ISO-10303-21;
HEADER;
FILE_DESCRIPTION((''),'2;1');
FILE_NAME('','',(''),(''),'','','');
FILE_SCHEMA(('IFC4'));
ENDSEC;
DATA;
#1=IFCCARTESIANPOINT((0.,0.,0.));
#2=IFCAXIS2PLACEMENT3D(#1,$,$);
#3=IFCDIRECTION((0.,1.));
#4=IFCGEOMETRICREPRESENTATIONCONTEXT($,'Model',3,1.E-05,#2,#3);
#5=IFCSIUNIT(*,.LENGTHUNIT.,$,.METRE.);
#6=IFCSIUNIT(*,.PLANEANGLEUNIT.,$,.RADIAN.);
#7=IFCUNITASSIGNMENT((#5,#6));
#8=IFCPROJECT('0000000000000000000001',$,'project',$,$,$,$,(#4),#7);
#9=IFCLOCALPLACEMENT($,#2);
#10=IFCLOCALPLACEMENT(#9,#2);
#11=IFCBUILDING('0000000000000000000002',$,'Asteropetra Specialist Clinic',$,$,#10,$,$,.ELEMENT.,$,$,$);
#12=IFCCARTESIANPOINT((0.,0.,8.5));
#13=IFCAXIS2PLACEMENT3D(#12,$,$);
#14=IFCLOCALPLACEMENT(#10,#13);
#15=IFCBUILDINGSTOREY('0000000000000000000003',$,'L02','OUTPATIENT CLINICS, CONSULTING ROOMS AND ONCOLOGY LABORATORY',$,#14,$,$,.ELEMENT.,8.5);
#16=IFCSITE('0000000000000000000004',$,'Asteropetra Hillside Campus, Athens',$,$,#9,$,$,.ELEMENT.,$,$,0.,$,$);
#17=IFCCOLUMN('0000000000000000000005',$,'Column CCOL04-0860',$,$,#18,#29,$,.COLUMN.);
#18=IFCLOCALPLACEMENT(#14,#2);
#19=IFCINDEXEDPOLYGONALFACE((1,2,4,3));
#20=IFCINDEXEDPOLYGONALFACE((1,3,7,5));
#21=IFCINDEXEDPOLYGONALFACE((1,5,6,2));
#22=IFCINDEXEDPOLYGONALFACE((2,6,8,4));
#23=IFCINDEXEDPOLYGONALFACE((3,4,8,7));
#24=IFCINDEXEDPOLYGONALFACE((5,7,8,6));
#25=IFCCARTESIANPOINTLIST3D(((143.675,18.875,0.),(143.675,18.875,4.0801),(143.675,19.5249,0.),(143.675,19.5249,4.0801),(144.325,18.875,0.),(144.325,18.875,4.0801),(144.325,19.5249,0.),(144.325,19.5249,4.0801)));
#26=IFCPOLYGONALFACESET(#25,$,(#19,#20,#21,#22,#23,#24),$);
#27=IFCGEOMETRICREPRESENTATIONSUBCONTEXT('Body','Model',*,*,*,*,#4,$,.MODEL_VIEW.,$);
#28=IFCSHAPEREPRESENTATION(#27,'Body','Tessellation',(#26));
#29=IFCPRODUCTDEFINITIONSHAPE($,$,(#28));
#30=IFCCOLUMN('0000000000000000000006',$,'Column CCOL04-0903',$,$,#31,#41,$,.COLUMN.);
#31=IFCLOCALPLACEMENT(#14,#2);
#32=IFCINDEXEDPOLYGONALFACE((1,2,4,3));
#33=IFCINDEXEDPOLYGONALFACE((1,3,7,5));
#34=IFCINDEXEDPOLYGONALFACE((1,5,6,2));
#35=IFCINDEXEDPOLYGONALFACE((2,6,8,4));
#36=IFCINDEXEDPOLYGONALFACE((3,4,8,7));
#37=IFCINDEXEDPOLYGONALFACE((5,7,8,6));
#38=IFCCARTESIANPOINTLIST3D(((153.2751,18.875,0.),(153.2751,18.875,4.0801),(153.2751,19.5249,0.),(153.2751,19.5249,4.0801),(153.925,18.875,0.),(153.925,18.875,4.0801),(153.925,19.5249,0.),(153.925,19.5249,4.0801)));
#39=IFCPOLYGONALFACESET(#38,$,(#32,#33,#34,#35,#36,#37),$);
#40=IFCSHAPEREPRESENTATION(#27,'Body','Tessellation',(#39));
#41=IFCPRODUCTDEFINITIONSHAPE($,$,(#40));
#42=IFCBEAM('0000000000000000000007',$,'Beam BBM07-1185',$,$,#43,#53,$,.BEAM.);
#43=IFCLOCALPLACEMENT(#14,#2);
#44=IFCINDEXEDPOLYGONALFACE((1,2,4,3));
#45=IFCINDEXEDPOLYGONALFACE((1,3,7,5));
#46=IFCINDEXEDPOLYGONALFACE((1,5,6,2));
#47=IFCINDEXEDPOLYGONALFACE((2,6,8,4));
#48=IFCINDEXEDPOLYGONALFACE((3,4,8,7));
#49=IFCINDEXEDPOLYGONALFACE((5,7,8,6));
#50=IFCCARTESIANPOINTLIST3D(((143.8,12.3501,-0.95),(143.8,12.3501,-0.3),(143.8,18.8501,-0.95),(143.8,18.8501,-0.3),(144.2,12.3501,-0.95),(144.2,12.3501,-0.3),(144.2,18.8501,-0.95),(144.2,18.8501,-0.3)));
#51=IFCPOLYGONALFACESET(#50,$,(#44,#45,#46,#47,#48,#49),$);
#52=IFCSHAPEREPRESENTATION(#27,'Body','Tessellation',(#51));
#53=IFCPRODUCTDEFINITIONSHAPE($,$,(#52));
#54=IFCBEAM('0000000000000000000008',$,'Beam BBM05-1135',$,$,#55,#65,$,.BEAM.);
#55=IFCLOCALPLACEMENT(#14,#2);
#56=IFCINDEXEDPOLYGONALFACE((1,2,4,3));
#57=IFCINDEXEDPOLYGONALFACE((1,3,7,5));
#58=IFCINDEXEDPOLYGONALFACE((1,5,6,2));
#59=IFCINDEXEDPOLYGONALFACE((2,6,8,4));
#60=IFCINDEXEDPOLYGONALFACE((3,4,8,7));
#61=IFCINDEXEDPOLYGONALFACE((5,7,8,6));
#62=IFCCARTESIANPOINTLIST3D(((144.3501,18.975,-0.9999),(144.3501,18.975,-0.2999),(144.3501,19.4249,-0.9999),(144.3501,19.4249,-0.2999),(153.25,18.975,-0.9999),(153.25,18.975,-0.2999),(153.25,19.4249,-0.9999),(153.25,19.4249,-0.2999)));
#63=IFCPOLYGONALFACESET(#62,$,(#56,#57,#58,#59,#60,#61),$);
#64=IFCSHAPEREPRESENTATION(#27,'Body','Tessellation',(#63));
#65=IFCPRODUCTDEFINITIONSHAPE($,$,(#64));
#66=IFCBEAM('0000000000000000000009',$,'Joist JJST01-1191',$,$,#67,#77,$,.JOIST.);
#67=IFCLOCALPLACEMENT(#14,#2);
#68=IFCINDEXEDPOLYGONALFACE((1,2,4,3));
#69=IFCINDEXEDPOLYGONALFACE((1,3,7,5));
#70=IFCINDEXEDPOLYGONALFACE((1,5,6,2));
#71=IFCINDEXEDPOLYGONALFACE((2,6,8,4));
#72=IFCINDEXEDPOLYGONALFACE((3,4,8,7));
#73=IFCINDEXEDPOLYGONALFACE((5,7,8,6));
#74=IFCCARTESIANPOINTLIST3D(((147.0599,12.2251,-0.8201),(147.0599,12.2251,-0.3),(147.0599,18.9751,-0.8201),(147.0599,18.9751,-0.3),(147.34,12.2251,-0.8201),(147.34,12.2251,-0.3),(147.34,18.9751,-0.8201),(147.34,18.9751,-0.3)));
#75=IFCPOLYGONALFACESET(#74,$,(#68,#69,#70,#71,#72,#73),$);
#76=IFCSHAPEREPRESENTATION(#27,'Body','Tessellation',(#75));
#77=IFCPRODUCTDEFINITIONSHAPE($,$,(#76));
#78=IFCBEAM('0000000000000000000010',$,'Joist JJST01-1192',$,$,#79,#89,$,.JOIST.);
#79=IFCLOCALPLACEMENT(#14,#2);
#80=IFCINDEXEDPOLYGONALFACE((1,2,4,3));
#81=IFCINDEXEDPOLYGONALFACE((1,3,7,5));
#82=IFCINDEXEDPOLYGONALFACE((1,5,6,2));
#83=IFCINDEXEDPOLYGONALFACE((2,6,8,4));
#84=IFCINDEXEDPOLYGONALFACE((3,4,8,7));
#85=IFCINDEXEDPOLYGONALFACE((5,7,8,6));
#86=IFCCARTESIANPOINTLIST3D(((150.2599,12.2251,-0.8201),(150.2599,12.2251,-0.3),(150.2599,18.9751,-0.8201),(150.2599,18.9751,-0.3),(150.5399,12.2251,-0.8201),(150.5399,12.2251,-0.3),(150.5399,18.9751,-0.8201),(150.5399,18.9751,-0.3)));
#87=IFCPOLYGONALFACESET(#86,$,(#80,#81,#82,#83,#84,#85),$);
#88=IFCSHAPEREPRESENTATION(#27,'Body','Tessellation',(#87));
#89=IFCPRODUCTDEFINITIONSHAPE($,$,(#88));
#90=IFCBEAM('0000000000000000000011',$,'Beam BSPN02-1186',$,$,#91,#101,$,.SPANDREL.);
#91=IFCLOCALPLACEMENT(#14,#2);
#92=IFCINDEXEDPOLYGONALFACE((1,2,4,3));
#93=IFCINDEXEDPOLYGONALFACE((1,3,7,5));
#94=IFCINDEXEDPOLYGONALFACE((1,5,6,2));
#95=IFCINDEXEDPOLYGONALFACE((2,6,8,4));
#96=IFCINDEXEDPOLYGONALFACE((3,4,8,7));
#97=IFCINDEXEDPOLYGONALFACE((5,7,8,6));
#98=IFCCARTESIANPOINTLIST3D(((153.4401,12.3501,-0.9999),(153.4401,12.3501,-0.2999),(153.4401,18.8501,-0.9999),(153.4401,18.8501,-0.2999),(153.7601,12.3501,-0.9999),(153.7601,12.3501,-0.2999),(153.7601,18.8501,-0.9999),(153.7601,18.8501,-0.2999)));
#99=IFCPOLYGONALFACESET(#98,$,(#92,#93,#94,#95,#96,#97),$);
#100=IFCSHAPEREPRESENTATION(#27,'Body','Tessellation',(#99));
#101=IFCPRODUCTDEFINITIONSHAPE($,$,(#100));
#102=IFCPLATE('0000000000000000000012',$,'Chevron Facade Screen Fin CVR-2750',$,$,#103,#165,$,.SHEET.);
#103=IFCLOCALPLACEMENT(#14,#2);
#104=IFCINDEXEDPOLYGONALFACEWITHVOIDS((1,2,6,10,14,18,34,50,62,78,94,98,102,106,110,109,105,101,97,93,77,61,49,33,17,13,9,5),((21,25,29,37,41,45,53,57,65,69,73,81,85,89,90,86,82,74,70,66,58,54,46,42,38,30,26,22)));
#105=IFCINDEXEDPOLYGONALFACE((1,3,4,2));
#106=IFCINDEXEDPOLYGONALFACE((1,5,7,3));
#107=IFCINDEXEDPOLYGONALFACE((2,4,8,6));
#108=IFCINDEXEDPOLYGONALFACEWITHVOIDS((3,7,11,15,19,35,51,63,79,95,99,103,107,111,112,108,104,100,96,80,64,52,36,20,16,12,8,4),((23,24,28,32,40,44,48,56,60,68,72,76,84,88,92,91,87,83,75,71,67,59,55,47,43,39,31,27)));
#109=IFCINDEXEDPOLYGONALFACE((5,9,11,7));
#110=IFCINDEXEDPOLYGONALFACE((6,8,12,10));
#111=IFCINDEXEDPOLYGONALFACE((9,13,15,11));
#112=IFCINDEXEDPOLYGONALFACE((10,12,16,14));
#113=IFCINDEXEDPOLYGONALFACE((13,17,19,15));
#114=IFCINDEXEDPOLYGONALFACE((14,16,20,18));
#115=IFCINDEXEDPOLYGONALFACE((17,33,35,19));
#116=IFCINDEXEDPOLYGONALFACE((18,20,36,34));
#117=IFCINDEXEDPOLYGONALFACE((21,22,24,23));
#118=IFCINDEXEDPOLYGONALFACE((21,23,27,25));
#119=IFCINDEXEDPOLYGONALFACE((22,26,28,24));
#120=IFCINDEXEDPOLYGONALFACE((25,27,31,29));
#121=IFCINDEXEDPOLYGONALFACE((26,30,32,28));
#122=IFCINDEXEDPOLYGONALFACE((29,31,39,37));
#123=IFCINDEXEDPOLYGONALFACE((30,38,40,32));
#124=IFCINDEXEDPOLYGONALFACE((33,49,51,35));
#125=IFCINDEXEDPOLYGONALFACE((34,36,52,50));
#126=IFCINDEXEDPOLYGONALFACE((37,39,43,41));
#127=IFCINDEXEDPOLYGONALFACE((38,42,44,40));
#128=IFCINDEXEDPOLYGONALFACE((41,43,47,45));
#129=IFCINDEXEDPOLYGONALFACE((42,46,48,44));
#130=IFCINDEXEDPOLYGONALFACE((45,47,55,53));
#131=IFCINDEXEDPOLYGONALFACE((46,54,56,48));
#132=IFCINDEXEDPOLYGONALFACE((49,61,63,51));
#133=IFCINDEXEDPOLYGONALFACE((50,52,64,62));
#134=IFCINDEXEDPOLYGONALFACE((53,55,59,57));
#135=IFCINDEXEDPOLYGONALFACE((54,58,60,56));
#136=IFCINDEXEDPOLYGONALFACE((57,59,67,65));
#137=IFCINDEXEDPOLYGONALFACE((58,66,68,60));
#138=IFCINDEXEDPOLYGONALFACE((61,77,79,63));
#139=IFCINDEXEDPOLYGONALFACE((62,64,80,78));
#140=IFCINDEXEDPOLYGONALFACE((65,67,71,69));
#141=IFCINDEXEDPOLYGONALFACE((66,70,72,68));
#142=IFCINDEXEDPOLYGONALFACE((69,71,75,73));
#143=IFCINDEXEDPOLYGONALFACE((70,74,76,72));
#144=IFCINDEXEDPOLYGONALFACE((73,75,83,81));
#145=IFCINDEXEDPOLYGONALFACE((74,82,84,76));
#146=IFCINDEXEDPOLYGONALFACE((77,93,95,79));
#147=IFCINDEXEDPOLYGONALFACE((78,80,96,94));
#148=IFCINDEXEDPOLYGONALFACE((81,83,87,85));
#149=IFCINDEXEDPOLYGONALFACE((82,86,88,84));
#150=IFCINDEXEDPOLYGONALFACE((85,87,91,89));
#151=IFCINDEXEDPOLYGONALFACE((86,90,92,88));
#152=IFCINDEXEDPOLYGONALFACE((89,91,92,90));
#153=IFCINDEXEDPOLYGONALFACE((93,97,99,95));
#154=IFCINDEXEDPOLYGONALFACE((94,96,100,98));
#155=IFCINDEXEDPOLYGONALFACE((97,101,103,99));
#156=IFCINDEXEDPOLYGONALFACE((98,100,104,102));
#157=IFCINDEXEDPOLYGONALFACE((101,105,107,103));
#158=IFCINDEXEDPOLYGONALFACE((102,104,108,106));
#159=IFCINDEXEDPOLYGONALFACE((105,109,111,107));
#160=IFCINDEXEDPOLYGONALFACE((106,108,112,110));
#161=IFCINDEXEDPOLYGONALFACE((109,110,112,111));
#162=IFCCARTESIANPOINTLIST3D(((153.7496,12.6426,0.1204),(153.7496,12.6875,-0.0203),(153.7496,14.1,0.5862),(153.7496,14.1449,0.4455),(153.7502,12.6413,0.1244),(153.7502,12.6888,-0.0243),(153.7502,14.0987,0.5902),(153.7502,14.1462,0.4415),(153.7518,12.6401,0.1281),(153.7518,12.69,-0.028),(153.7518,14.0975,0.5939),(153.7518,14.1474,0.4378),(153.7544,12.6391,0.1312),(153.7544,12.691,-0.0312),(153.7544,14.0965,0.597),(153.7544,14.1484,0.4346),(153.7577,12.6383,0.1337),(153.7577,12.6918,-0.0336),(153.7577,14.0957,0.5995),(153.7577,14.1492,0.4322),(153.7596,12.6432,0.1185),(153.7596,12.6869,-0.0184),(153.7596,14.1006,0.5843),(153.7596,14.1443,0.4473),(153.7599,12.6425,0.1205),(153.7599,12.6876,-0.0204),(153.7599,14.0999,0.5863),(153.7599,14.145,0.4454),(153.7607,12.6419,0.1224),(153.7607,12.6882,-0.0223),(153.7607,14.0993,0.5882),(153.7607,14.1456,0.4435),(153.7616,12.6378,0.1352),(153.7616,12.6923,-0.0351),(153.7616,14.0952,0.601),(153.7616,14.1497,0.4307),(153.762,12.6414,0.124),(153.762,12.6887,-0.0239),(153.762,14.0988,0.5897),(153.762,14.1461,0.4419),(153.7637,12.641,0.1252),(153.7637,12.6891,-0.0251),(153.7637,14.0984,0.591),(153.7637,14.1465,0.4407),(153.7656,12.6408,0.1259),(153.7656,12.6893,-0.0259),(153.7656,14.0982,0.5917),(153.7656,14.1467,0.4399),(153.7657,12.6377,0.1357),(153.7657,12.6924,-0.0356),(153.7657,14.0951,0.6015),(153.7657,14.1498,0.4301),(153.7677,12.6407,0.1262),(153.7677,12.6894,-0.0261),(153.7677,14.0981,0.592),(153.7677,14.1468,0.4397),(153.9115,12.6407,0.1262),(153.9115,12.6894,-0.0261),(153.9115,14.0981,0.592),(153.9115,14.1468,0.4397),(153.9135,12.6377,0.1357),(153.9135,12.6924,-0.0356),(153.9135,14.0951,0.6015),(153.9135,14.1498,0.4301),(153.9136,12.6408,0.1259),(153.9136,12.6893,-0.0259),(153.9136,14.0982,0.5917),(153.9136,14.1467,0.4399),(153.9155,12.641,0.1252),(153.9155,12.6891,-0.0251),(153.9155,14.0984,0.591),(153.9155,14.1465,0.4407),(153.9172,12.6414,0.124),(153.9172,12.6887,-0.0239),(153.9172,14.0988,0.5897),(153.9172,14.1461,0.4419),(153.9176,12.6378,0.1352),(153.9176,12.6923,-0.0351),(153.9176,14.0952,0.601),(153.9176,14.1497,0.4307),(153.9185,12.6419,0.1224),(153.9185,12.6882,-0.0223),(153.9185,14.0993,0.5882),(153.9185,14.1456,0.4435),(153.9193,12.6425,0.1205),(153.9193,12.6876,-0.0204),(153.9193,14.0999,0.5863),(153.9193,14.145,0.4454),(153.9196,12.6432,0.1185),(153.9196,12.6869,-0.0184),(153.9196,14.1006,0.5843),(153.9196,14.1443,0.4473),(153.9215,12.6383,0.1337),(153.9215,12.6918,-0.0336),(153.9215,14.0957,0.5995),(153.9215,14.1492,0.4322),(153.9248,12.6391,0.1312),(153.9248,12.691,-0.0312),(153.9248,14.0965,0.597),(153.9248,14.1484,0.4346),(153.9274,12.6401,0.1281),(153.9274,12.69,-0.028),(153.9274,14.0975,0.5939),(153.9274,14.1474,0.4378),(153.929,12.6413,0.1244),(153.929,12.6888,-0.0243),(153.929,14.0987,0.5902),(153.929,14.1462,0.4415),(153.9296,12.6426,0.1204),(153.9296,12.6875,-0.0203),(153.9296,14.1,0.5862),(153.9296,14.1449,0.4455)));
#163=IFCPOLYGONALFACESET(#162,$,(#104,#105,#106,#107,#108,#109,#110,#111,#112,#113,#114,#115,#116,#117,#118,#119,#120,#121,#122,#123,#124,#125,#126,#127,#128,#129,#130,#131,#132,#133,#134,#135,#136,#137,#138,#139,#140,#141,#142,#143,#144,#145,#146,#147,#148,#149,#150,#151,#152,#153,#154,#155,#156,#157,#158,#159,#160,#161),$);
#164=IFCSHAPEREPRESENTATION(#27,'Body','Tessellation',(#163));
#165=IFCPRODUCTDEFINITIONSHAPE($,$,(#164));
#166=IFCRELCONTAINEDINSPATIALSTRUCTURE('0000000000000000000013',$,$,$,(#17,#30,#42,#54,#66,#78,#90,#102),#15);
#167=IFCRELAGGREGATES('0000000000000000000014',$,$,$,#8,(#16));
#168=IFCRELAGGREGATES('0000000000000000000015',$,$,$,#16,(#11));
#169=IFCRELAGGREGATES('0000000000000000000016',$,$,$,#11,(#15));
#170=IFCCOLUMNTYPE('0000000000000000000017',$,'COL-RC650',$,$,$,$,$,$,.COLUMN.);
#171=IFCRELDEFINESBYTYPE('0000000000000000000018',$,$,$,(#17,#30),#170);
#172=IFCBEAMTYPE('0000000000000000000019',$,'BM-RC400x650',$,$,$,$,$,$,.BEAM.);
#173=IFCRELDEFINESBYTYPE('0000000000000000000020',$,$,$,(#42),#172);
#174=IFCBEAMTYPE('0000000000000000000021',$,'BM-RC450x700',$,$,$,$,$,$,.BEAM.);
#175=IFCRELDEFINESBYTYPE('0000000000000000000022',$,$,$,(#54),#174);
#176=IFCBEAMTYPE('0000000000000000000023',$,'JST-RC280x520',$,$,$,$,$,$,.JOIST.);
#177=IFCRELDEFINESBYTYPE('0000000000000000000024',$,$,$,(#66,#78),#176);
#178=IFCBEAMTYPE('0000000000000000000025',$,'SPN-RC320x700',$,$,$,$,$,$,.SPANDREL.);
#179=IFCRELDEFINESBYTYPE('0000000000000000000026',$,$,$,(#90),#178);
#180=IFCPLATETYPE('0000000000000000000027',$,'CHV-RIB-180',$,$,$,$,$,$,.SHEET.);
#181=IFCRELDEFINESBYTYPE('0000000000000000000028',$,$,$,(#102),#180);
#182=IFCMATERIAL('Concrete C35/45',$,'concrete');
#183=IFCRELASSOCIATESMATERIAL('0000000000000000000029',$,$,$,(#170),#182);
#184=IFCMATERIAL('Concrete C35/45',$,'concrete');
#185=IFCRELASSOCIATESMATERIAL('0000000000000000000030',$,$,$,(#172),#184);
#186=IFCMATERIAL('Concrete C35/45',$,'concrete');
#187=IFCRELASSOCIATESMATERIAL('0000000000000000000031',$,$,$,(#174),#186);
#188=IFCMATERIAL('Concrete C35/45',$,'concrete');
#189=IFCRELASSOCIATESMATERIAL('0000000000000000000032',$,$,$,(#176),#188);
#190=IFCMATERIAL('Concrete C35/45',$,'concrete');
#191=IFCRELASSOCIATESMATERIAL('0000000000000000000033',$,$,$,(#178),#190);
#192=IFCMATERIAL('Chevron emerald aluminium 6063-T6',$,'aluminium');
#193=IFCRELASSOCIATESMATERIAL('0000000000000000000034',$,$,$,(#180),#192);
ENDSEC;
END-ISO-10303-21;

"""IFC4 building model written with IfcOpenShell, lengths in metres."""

from ifc_helpers import new_model, si_unit, direction, frame, origin, origin_2d, place, context, subcontext, project, spatial, rectangle, hollow_rectangle, extrude, material, material_profile, profile_set, type_object, element, save


model = new_model("IFC4")

# Units and contexts
model_context = context("Model", 3, precision=1e-05, world=origin(), true_north=direction((0.0, 1.0)))
body_context = subcontext(model_context, "Body", "Model", "MODEL_VIEW")
ifc_project = project(units=[si_unit("LENGTHUNIT", "METRE"), si_unit("PLANEANGLEUNIT", "RADIAN")], contexts=[model_context])

# Site, building, storey
site_placement = place(None, origin())
site = spatial("IfcSite", under=ifc_project, at=site_placement, Name="Asteropetra Hillside Campus, Athens", CompositionType="ELEMENT", RefElevation=0.0)
building_placement = place(site_placement, origin())
building = spatial("IfcBuilding", under=site, at=building_placement, Name="Asteropetra Specialist Clinic", CompositionType="ELEMENT")
storey_placement = place(building_placement, frame((0.0, 0.0, 8.5)))
storey = spatial("IfcBuildingStorey", under=building, at=storey_placement, Name="L02", Description="OUTPATIENT CLINICS, CONSULTING ROOMS AND ONCOLOGY LABORATORY", CompositionType="ELEMENT", Elevation=8.5)

# Columns
ifc_material_1 = material(Name="Concrete C35/45", Category="concrete")
ifc_material_profile_1 = material_profile(ifc_material_1, rectangle(XDim=0.6499, YDim=0.6499, at=origin_2d()), Name="RC 650x650")
ifc_profile_set_1 = profile_set([ifc_material_profile_1], Name="Concrete C35/45")
column_type = type_object("IfcColumnType", Name="COL-RC650", PredefinedType="COLUMN", material=ifc_profile_set_1)
for number, where, z_axis, x_axis, name in (
    (1, (144.0, 19.2, 0.0), (0.0, 0.0, 1.0), (1.0, 0.0, 0.0), "Column CCOL04-0860"),
    (2, (153.6001, 19.2, 0.0), (0.0, 0.0, 1.0), (1.0, 0.0, 0.0), "Column CCOL04-0903"),
):
    element("IfcColumn", number, at=place(storey_placement, frame(where, z_axis=z_axis, x_axis=x_axis)), inside=storey, type_object=column_type, Name=name, PredefinedType="COLUMN", context=body_context, shape_type="SweptSolid", body=[
        extrude(rectangle(XDim=0.6499, YDim=0.6499, at=origin_2d()), origin(), (0.0, 0.0, 1.0), 4.0801),
    ])

# Beams
ifc_material_2 = material(Name="Concrete C35/45", Category="concrete")
ifc_material_profile_2 = material_profile(ifc_material_2, rectangle(XDim=0.3999, YDim=0.6499, at=origin_2d()), Name="RCB 400x650")
ifc_profile_set_2 = profile_set([ifc_material_profile_2], Name="Concrete C35/45")
beam_type_1 = type_object("IfcBeamType", Name="BM-RC400x650", PredefinedType="BEAM", material=ifc_profile_set_2)
beam_1_placement = place(storey_placement, frame((144.0, 12.3501, -0.625), z_axis=(0.0, 1.0, 0.0), x_axis=(-1.0, 0.0, 0.0)))
element("IfcBeam", 3, at=beam_1_placement, inside=storey, type_object=beam_type_1, Name="Beam BBM07-1185", PredefinedType="BEAM", context=body_context, shape_type="SweptSolid", body=[
    extrude(rectangle(XDim=0.3999, YDim=0.6499, at=origin_2d()), origin(), (0.0, 0.0, 1.0), 6.5),
])
ifc_material_3 = material(Name="Concrete C35/45", Category="concrete")
ifc_material_profile_3 = material_profile(ifc_material_3, rectangle(XDim=0.45, YDim=0.7, at=origin_2d()), Name="RCB 450x700")
ifc_profile_set_3 = profile_set([ifc_material_profile_3], Name="Concrete C35/45")
beam_type_2 = type_object("IfcBeamType", Name="BM-RC450x700", PredefinedType="BEAM", material=ifc_profile_set_3)
beam_2_placement = place(storey_placement, frame((144.3501, 19.2, -0.6499), z_axis=(1.0, 0.0, 0.0), x_axis=(0.0, 1.0, 0.0)))
element("IfcBeam", 4, at=beam_2_placement, inside=storey, type_object=beam_type_2, Name="Beam BBM05-1135", PredefinedType="BEAM", context=body_context, shape_type="SweptSolid", body=[
    extrude(rectangle(XDim=0.45, YDim=0.7, at=origin_2d()), origin(), (0.0, 0.0, 1.0), 8.8999),
])
ifc_material_4 = material(Name="Concrete C35/45", Category="concrete")
ifc_material_profile_4 = material_profile(ifc_material_4, rectangle(XDim=0.28, YDim=0.52, at=origin_2d()), Name="RCJ 280x520")
ifc_profile_set_4 = profile_set([ifc_material_profile_4], Name="Concrete C35/45")
beam_type_3 = type_object("IfcBeamType", Name="JST-RC280x520", PredefinedType="JOIST", material=ifc_profile_set_4)
for number, where, z_axis, x_axis, name in (
    (5, (147.2, 12.2251, -0.5601), (0.0, 1.0, 0.0), (-1.0, 0.0, 0.0), "Joist JJST01-1191"),
    (6, (150.3999, 12.2251, -0.5601), (0.0, 1.0, 0.0), (-1.0, 0.0, 0.0), "Joist JJST01-1192"),
):
    element("IfcBeam", number, at=place(storey_placement, frame(where, z_axis=z_axis, x_axis=x_axis)), inside=storey, type_object=beam_type_3, Name=name, PredefinedType="JOIST", context=body_context, shape_type="SweptSolid", body=[
        extrude(rectangle(XDim=0.28, YDim=0.52, at=origin_2d()), origin(), (0.0, 0.0, 1.0), 6.75),
    ])
ifc_material_5 = material(Name="Concrete C35/45", Category="concrete")
ifc_material_profile_5 = material_profile(ifc_material_5, rectangle(XDim=0.3201, YDim=0.7, at=origin_2d()), Name="RCS 320x700")
ifc_profile_set_5 = profile_set([ifc_material_profile_5], Name="Concrete C35/45")
beam_type_4 = type_object("IfcBeamType", Name="SPN-RC320x700", PredefinedType="SPANDREL", material=ifc_profile_set_5)
beam_3_placement = place(storey_placement, frame((153.6001, 12.3501, -0.6499), z_axis=(0.0, 1.0, 0.0), x_axis=(-1.0, 0.0, 0.0)))
element("IfcBeam", 7, at=beam_3_placement, inside=storey, type_object=beam_type_4, Name="Beam BSPN02-1186", PredefinedType="SPANDREL", context=body_context, shape_type="SweptSolid", body=[
    extrude(rectangle(XDim=0.3201, YDim=0.7, at=origin_2d()), origin(), (0.0, 0.0, 1.0), 6.5),
])

# Plate
ifc_material_6 = material(Name="Chevron emerald aluminium 6063-T6", Category="aluminium")
ifc_material_profile_6 = material_profile(ifc_material_6, hollow_rectangle(XDim=0.1799, YDim=0.1799, WallThickness=0.01, InnerFilletRadius=0.0081, OuterFilletRadius=0.0161, at=origin_2d()), Name="SHS 180x180x10.0")
ifc_profile_set_6 = profile_set([ifc_material_profile_6], Name="Chevron emerald aluminium 6063-T6")
plate_type = type_object("IfcPlateType", Name="CHV-RIB-180", PredefinedType="SHEET", material=ifc_profile_set_6)
for number, where, z_axis, x_axis, name in (
    (8, (153.8396, 12.665, 0.05), (0.0, 0.952535, 0.304428), (-1.0, 0.0, 0.0), "Chevron Facade Screen Fin CVR-2750"),
):
    element("IfcPlate", number, at=place(storey_placement, frame(where, z_axis=z_axis, x_axis=x_axis)), inside=storey, type_object=plate_type, Name=name, PredefinedType="SHEET", context=body_context, shape_type="SweptSolid", body=[
        extrude(hollow_rectangle(XDim=0.1799, YDim=0.1799, WallThickness=0.01, InnerFilletRadius=0.0081, OuterFilletRadius=0.0161, at=origin_2d()), origin(), (0.0, 0.0, 1.0), 1.53),
    ])

save(model, "model.ifc")
